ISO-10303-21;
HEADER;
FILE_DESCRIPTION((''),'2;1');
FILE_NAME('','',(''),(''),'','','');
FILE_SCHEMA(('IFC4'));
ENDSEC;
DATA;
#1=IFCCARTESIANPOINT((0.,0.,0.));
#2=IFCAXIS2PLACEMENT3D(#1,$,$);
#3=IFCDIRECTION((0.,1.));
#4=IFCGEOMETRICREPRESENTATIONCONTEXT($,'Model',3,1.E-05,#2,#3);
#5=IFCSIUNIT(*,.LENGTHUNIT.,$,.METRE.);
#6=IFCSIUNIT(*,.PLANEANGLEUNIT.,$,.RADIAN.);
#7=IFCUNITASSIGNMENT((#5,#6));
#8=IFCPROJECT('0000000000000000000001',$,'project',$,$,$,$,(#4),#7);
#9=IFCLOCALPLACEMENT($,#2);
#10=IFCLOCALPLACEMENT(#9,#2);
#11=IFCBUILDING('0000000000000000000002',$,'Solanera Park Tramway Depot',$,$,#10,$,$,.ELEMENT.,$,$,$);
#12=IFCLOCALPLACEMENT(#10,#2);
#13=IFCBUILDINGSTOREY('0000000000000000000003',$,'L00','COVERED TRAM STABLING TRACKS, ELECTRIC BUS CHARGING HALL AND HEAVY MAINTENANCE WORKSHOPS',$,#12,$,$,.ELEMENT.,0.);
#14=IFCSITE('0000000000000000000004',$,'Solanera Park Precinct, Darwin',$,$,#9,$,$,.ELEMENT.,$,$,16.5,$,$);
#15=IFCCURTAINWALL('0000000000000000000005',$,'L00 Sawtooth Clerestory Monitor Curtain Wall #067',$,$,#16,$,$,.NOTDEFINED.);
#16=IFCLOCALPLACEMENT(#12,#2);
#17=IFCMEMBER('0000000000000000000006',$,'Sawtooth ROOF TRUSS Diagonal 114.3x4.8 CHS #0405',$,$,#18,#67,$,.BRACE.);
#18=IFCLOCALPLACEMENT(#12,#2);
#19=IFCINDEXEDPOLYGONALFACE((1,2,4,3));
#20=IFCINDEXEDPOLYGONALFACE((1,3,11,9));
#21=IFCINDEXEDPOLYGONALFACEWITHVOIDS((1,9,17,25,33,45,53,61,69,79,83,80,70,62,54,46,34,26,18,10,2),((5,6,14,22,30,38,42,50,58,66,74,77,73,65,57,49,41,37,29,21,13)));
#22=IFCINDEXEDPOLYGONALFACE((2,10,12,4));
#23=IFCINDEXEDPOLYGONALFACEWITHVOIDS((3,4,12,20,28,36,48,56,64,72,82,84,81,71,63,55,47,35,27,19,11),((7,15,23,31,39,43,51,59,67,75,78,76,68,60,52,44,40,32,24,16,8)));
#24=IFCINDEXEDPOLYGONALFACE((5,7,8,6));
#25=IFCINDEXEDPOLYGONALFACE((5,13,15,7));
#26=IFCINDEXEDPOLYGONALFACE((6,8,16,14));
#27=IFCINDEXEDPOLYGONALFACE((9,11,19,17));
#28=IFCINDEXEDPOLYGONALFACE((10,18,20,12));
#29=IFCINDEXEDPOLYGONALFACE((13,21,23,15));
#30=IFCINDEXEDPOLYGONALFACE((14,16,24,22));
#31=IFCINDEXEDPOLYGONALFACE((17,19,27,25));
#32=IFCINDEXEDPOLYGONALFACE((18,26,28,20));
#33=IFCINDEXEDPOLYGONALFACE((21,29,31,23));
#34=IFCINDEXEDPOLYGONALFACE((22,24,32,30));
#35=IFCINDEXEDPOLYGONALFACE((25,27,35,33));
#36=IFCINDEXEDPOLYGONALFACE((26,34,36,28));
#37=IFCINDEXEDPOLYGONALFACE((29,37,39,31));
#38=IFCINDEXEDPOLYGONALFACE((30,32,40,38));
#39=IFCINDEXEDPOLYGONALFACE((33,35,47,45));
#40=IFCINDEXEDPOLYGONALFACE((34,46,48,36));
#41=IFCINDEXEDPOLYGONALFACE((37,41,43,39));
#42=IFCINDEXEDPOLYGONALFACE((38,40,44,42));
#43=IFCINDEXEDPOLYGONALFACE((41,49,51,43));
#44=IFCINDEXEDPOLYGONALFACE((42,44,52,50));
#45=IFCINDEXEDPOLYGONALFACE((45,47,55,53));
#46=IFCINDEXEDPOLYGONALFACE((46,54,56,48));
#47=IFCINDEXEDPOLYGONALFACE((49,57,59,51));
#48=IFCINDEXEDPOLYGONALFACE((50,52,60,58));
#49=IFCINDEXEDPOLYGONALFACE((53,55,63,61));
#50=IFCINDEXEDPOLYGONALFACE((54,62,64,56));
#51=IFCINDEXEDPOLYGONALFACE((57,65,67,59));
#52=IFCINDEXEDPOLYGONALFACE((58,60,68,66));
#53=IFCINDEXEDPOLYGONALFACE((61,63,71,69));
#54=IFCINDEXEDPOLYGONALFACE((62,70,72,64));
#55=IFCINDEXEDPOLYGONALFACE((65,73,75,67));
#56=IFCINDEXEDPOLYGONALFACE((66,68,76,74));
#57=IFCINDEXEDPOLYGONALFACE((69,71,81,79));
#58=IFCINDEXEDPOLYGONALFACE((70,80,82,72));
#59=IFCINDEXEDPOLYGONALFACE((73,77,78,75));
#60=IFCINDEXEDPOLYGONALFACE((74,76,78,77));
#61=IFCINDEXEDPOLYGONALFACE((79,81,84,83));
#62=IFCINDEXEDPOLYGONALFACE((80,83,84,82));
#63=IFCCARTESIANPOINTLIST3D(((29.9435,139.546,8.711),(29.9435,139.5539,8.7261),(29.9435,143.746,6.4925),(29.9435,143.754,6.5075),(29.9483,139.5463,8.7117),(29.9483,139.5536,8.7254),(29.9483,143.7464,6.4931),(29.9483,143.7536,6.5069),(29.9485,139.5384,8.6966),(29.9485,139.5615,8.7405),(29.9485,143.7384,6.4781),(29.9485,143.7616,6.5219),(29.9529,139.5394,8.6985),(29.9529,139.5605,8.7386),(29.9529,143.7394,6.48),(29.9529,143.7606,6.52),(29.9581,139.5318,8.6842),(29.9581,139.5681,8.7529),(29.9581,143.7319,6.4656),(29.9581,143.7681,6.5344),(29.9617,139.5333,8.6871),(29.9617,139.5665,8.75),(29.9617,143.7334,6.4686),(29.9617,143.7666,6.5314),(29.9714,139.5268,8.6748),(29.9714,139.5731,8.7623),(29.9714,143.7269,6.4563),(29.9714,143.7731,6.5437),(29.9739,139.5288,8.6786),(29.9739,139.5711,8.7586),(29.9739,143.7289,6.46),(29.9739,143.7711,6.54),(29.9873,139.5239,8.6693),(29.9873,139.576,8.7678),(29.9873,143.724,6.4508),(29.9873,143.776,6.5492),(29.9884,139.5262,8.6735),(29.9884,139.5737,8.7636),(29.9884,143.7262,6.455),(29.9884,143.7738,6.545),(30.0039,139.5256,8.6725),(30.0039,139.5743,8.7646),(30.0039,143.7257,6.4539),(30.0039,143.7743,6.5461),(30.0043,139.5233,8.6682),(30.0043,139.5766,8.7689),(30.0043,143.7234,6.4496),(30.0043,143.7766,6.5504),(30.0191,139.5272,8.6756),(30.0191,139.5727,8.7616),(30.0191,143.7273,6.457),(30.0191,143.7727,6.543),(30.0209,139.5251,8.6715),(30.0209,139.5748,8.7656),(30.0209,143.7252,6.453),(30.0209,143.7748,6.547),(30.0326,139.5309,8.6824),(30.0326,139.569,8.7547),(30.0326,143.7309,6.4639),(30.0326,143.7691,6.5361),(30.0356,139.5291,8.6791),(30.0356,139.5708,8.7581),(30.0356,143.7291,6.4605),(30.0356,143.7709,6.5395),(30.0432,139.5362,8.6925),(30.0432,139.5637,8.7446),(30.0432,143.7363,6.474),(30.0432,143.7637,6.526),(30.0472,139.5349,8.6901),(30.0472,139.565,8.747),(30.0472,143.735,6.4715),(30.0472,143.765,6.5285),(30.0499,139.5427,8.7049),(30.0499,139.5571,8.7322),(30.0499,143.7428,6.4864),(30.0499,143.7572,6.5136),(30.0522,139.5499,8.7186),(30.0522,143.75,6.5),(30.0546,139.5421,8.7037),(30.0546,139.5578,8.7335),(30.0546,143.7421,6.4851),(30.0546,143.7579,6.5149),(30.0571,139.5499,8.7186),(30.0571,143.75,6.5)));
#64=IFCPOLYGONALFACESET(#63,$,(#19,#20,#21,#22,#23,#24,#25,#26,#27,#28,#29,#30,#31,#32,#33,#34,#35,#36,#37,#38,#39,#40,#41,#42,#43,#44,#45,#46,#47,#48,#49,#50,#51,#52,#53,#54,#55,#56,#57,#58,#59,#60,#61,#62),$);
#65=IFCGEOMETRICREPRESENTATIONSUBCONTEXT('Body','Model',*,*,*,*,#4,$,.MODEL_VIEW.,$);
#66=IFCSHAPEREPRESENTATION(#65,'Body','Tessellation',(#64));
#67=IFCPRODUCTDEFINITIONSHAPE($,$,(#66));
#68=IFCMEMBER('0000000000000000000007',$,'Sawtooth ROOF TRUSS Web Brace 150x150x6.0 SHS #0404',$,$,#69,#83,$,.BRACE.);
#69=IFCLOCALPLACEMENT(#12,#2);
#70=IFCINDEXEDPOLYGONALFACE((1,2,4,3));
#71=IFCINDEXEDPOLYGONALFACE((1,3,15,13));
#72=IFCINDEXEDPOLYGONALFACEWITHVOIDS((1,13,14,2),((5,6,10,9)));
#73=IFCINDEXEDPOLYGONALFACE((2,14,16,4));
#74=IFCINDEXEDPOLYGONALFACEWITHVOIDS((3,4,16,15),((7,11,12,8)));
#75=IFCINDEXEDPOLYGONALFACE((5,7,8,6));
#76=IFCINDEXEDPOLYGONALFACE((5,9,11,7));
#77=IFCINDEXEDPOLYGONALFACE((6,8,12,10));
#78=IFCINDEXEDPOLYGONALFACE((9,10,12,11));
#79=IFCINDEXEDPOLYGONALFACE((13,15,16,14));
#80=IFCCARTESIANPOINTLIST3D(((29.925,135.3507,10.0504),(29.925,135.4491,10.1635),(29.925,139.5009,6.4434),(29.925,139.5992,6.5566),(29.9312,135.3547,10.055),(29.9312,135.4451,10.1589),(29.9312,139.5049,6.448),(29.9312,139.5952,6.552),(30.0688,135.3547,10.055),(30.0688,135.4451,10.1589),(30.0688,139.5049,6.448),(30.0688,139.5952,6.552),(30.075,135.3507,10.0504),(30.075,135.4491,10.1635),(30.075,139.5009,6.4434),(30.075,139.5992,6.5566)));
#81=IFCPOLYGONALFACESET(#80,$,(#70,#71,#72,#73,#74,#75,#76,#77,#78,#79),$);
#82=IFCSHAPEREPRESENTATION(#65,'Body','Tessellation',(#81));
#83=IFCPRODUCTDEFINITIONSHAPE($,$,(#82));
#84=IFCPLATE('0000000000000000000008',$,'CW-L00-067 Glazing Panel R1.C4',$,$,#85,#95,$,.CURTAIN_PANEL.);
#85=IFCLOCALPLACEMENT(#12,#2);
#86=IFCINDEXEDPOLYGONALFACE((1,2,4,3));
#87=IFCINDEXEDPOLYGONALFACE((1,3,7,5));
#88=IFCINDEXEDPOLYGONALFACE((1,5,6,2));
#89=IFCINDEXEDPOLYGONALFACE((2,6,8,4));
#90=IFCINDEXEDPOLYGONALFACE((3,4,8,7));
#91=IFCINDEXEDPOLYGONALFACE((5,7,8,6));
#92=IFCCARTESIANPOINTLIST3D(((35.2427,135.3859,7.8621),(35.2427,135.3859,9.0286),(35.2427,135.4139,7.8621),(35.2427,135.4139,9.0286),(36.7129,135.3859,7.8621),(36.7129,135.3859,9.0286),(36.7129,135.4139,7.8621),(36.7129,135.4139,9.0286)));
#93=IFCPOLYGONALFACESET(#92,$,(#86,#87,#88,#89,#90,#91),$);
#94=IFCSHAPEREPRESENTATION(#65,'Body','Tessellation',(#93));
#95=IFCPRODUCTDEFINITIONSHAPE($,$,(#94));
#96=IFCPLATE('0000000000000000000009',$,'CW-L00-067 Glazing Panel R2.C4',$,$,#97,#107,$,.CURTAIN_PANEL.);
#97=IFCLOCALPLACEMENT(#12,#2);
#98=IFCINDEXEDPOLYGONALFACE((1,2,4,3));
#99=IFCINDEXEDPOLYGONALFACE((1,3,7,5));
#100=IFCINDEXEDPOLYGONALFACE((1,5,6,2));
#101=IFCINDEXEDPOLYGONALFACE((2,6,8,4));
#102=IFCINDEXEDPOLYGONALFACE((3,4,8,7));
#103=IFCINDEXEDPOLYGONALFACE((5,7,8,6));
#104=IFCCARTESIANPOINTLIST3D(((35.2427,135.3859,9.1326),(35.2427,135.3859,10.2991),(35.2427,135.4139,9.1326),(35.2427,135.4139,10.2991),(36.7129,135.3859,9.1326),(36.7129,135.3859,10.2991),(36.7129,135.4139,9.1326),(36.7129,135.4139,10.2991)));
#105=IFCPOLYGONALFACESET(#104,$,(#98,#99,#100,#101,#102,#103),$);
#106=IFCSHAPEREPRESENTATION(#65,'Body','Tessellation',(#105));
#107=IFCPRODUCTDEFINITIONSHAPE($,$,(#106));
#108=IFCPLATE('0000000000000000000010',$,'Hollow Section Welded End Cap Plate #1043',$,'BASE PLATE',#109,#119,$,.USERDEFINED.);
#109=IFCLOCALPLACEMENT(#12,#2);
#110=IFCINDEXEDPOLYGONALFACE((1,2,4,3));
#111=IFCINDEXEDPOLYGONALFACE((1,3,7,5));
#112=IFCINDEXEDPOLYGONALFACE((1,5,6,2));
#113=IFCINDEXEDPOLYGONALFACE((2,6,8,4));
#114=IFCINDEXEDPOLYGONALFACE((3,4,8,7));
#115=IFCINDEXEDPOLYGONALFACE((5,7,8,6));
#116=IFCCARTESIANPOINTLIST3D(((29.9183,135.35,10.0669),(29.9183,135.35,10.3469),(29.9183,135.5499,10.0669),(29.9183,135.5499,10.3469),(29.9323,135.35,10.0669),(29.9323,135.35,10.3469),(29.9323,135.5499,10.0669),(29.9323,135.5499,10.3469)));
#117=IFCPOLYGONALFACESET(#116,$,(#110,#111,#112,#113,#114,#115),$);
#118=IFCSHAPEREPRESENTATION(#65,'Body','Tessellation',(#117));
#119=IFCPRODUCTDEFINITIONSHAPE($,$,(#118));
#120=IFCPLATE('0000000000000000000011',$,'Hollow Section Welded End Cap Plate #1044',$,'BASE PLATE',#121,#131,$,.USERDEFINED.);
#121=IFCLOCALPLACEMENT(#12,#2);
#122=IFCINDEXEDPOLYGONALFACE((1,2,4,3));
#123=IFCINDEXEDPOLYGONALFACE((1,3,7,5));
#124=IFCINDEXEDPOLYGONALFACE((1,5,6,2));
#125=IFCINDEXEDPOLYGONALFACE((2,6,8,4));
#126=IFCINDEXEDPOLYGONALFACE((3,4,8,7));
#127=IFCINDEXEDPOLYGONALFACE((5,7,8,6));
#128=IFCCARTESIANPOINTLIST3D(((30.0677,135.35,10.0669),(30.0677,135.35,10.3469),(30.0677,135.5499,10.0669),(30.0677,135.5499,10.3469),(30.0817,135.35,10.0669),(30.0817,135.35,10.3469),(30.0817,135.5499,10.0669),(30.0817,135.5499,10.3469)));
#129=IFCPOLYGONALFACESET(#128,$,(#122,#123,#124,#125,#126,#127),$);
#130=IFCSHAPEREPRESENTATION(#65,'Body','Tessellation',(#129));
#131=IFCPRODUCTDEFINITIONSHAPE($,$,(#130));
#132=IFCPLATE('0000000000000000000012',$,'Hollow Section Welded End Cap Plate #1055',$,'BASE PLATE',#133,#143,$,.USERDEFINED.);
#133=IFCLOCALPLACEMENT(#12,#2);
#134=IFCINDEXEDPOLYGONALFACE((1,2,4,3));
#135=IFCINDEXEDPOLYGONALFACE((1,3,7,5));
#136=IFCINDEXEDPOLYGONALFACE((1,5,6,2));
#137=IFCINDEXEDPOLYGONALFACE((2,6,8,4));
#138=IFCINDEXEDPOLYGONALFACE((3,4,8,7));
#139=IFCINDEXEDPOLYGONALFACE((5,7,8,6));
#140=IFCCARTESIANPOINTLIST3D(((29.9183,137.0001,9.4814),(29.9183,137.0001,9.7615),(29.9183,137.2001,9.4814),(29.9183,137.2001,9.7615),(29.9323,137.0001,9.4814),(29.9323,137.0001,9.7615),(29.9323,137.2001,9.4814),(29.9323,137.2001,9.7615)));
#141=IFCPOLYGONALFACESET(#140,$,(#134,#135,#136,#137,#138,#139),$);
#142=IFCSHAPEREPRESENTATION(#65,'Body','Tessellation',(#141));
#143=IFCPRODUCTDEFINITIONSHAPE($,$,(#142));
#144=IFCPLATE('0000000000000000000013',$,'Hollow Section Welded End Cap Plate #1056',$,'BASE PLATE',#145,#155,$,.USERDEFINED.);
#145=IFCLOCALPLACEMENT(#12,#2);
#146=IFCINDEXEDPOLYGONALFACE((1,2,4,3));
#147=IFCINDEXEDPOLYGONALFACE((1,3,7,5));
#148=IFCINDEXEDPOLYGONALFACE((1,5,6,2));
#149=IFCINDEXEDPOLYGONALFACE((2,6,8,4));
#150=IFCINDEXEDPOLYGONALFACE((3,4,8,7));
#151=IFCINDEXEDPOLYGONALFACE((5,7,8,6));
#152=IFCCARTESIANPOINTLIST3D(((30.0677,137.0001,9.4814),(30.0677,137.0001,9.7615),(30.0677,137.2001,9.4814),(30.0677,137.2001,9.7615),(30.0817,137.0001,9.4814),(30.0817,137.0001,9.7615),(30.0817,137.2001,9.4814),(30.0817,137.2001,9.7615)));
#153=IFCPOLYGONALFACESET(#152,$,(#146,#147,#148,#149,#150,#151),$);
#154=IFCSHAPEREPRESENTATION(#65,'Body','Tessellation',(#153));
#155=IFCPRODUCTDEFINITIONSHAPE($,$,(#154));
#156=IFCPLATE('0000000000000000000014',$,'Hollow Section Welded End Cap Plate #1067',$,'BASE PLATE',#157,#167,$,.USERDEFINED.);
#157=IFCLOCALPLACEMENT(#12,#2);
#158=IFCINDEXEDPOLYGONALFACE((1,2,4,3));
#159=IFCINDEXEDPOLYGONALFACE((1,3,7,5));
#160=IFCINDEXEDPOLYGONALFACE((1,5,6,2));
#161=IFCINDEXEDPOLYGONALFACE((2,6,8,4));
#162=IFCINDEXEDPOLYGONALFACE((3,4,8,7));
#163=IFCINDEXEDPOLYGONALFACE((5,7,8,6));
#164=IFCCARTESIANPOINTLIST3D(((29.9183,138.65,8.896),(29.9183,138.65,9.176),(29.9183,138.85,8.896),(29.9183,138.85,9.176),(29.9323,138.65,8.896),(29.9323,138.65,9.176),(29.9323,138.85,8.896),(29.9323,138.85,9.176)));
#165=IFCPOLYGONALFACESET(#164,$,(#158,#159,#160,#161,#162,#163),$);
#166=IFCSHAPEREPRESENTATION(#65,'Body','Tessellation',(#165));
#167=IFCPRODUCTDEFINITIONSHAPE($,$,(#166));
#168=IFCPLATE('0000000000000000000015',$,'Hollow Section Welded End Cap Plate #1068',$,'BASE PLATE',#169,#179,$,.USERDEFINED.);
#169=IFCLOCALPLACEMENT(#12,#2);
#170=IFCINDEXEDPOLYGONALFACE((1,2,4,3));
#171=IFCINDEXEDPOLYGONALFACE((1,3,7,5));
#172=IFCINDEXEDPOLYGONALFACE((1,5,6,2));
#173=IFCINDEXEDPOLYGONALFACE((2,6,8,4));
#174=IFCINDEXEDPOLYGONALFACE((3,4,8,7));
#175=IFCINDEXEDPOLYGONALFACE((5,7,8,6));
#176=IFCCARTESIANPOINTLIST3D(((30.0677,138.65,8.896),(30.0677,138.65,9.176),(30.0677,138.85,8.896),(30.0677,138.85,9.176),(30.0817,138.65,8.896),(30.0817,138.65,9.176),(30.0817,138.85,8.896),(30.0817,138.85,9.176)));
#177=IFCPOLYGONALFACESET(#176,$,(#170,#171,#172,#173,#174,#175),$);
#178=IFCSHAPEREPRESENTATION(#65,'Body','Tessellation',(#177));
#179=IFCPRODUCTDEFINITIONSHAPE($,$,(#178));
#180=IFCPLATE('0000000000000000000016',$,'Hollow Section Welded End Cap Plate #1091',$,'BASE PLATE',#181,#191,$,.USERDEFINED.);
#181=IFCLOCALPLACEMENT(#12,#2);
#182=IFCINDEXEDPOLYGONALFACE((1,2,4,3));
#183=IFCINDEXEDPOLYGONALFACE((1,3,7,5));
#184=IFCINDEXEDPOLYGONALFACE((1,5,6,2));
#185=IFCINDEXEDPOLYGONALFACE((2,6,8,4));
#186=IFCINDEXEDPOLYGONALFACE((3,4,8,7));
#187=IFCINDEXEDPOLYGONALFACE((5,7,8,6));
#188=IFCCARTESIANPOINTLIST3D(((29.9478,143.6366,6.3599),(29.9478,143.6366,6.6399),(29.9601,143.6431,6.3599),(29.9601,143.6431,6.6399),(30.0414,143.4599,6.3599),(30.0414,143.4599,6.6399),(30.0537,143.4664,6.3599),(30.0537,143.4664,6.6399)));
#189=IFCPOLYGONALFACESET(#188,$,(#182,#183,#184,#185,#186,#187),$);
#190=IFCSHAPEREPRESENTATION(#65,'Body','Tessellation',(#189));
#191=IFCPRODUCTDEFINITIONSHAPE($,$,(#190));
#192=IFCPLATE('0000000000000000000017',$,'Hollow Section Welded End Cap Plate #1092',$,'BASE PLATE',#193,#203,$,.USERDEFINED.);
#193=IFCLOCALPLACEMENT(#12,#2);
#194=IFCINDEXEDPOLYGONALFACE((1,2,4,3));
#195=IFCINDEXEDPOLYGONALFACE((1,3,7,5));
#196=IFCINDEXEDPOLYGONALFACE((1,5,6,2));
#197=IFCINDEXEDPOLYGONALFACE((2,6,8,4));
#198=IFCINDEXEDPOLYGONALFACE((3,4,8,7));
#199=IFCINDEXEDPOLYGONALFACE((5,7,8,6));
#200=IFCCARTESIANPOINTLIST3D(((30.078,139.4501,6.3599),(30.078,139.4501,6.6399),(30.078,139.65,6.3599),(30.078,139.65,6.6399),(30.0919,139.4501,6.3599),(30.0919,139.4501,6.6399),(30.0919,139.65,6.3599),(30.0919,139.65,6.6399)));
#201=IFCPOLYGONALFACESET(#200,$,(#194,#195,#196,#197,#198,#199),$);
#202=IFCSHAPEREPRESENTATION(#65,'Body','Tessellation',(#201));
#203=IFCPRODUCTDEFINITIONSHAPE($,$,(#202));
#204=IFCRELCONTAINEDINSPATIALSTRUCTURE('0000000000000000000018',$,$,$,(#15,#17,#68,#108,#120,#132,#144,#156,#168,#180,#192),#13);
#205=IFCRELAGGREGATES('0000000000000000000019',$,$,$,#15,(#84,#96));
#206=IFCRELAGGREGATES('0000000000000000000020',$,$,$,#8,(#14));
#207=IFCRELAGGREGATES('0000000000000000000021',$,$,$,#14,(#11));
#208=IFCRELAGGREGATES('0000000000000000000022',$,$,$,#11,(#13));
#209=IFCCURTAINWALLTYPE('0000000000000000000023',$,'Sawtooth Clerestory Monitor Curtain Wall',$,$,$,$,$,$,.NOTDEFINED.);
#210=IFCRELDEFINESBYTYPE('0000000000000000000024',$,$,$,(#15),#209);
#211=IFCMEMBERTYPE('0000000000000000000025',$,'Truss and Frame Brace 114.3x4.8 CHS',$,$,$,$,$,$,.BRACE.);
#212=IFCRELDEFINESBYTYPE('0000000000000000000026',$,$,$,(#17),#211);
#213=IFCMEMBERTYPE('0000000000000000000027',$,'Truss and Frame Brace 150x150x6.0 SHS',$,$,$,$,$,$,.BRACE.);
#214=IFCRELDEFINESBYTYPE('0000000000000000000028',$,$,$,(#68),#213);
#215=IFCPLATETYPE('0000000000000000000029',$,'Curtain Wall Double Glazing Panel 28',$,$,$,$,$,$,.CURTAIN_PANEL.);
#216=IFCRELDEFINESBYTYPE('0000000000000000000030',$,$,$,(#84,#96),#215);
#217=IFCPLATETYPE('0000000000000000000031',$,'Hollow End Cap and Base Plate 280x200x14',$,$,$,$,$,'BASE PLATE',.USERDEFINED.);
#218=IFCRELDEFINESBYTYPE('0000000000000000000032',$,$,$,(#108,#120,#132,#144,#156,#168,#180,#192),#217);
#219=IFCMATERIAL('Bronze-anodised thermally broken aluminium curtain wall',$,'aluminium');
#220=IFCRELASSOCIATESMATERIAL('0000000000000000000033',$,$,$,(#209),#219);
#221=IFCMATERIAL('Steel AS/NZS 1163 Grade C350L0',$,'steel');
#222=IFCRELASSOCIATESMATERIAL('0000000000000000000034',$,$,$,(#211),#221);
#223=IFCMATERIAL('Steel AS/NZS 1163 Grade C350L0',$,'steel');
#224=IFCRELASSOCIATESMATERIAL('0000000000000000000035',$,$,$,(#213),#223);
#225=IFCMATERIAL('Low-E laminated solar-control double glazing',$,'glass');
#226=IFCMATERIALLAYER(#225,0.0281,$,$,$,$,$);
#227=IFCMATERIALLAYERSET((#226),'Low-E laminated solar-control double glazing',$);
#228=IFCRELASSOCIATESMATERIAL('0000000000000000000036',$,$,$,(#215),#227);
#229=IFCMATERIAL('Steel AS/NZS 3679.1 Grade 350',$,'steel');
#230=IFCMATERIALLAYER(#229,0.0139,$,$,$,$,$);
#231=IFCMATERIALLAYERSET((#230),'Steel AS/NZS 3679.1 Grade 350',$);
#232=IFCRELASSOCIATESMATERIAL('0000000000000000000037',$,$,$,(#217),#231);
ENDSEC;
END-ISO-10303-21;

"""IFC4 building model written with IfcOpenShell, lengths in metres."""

from ifc_helpers import new_model, si_unit, direction, frame, origin, origin_2d, place, context, subcontext, project, spatial, rectangle, hollow_rectangle, hollow_circle, extrude, material, layer, layer_set, material_profile, profile_set, type_object, element, aggregate, save


model = new_model("IFC4")

# Units and contexts
model_context = context("Model", 3, precision=1e-05, world=origin(), true_north=direction((0.0, 1.0)))
body_context = subcontext(model_context, "Body", "Model", "MODEL_VIEW")
ifc_project = project(units=[si_unit("LENGTHUNIT", "METRE"), si_unit("PLANEANGLEUNIT", "RADIAN")], contexts=[model_context])

# Site, building, storey
site_placement = place(None, origin())
site = spatial("IfcSite", under=ifc_project, at=site_placement, Name="Solanera Park Precinct, Darwin", CompositionType="ELEMENT", RefElevation=16.5)
building_placement = place(site_placement, origin())
building = spatial("IfcBuilding", under=site, at=building_placement, Name="Solanera Park Tramway Depot", CompositionType="ELEMENT")
storey_placement = place(building_placement, origin())
storey = spatial("IfcBuildingStorey", under=building, at=storey_placement, Name="L00", Description="COVERED TRAM STABLING TRACKS, ELECTRIC BUS CHARGING HALL AND HEAVY MAINTENANCE WORKSHOPS", CompositionType="ELEMENT", Elevation=0.0)

# Curtain wall
ifc_material_1 = material(Name="Bronze-anodised thermally broken aluminium curtain wall", Category="aluminium")
curtain_wall_type = type_object("IfcCurtainWallType", Name="Sawtooth Clerestory Monitor Curtain Wall", PredefinedType="NOTDEFINED", material=ifc_material_1)
curtain_wall_placement = place(storey_placement, origin())
curtain_wall = element("IfcCurtainWall", 1, at=curtain_wall_placement, inside=storey, type_object=curtain_wall_type, Name="L00 Sawtooth Clerestory Monitor Curtain Wall #067", PredefinedType="NOTDEFINED")

# Members
ifc_material_2 = material(Name="Steel AS/NZS 1163 Grade C350L0", Category="steel")
ifc_material_profile_1 = material_profile(ifc_material_2, hollow_circle(Radius=0.0571, WallThickness=0.0049, at=origin_2d()), Name="114.3x4.8 CHS")
ifc_profile_set_1 = profile_set([ifc_material_profile_1], Name="Steel AS/NZS 1163 Grade C350L0")
member_type_1 = type_object("IfcMemberType", Name="Truss and Frame Brace 114.3x4.8 CHS", PredefinedType="BRACE", material=ifc_profile_set_1)
member_1_placement = place(storey_placement, frame((30.0, 143.75, 6.5), z_axis=(0.0, -0.884223, 0.467066), x_axis=(1.0, 0.0, 0.0)))
element("IfcMember", 2, at=member_1_placement, inside=storey, type_object=member_type_1, Name="Sawtooth ROOF TRUSS Diagonal 114.3x4.8 CHS #0405", PredefinedType="BRACE", context=body_context, shape_type="SweptSolid", body=[
    extrude(hollow_circle(Radius=0.0571, WallThickness=0.0049, at=origin_2d()), origin(), (0.0, 0.0, 1.0), 4.75),
])
ifc_material_3 = material(Name="Steel AS/NZS 1163 Grade C350L0", Category="steel")
ifc_material_profile_2 = material_profile(ifc_material_3, hollow_rectangle(XDim=0.1499, YDim=0.1499, WallThickness=0.0061, at=origin_2d()), Name="150x150x6.0 SHS")
ifc_profile_set_2 = profile_set([ifc_material_profile_2], Name="Steel AS/NZS 1163 Grade C350L0")
member_type_2 = type_object("IfcMemberType", Name="Truss and Frame Brace 150x150x6.0 SHS", PredefinedType="BRACE", material=ifc_profile_set_2)
member_2_placement = place(storey_placement, frame((30.0, 139.55, 6.5), z_axis=(0.0, -0.754776, 0.655983), x_axis=(1.0, 0.0, 0.0)))
element("IfcMember", 3, at=member_2_placement, inside=storey, type_object=member_type_2, Name="Sawtooth ROOF TRUSS Web Brace 150x150x6.0 SHS #0404", PredefinedType="BRACE", context=body_context, shape_type="SweptSolid", body=[
    extrude(hollow_rectangle(XDim=0.1499, YDim=0.1499, WallThickness=0.0061, at=origin_2d()), origin(), (0.0, 0.0, 1.0), 5.4985),
])

# Plates
ifc_material_4 = material(Name="Low-E laminated solar-control double glazing", Category="glass")
ifc_layer_1 = layer(ifc_material_4, 0.0281)
ifc_layer_set_1 = layer_set([ifc_layer_1], Name="Low-E laminated solar-control double glazing")
plate_type_1 = type_object("IfcPlateType", Name="Curtain Wall Double Glazing Panel 28", PredefinedType="CURTAIN_PANEL", material=ifc_layer_set_1)
plate_1_placement = place(storey_placement, frame((35.9778, 135.3999, 7.8621), z_axis=(0.0, 0.0, 1.0), x_axis=(1.0, 0.0, 0.0)))
plate_1 = element("IfcPlate", 4, at=plate_1_placement, type_object=plate_type_1, Name="CW-L00-067 Glazing Panel R1.C4", PredefinedType="CURTAIN_PANEL", context=body_context, shape_type="SweptSolid", body=[
    extrude(rectangle(XDim=1.4702, YDim=0.0281, at=origin_2d()), origin(), (0.0, 0.0, 1.0), 1.1665),
])
plate_2_placement = place(storey_placement, frame((35.9778, 135.3999, 9.1326), z_axis=(0.0, 0.0, 1.0), x_axis=(1.0, 0.0, 0.0)))
plate_2 = element("IfcPlate", 5, at=plate_2_placement, type_object=plate_type_1, Name="CW-L00-067 Glazing Panel R2.C4", PredefinedType="CURTAIN_PANEL", context=body_context, shape_type="SweptSolid", body=[
    extrude(rectangle(XDim=1.4702, YDim=0.0281, at=origin_2d()), origin(), (0.0, 0.0, 1.0), 1.1665),
])
aggregate(curtain_wall, [plate_1, plate_2])

# Plates
ifc_material_5 = material(Name="Steel AS/NZS 3679.1 Grade 350", Category="steel")
ifc_layer_2 = layer(ifc_material_5, 0.0139)
ifc_layer_set_2 = layer_set([ifc_layer_2], Name="Steel AS/NZS 3679.1 Grade 350")
plate_type_2 = type_object("IfcPlateType", Name="Hollow End Cap and Base Plate 280x200x14", ElementType="BASE PLATE", PredefinedType="USERDEFINED", material=ifc_layer_set_2)
for number, where, z_axis, x_axis, name in (
    (6, (29.9253, 135.45, 10.0669), (0.0, 0.0, 1.0), (1.0, 0.0, 0.0), "Hollow Section Welded End Cap Plate #1043"),
    (7, (30.0747, 135.45, 10.0669), (0.0, 0.0, 1.0), (1.0, 0.0, 0.0), "Hollow Section Welded End Cap Plate #1044"),
    (8, (29.9253, 137.1001, 9.4814), (0.0, 0.0, 1.0), (1.0, 0.0, 0.0), "Hollow Section Welded End Cap Plate #1055"),
    (9, (30.0747, 137.1001, 9.4814), (0.0, 0.0, 1.0), (1.0, 0.0, 0.0), "Hollow Section Welded End Cap Plate #1056"),
    (10, (29.9253, 138.75, 8.896), (0.0, 0.0, 1.0), (1.0, 0.0, 0.0), "Hollow Section Welded End Cap Plate #1067"),
    (11, (30.0747, 138.75, 8.896), (0.0, 0.0, 1.0), (1.0, 0.0, 0.0), "Hollow Section Welded End Cap Plate #1068"),
    (12, (30.0007, 143.5515, 6.3599), (0.0, 0.0, 1.0), (0.883521, 0.468392, 0.0), "Hollow Section Welded End Cap Plate #1091"),
    (13, (30.085, 139.55, 6.3599), (0.0, 0.0, 1.0), (1.0, 0.0, 0.0), "Hollow Section Welded End Cap Plate #1092"),
):
    element("IfcPlate", number, at=place(storey_placement, frame(where, z_axis=z_axis, x_axis=x_axis)), inside=storey, type_object=plate_type_2, Name=name, ObjectType="BASE PLATE", PredefinedType="USERDEFINED", context=body_context, shape_type="SweptSolid", body=[
        extrude(rectangle(XDim=0.0139, YDim=0.2, at=origin_2d()), origin(), (0.0, 0.0, 1.0), 0.28),
    ])

save(model, "model.ifc")
